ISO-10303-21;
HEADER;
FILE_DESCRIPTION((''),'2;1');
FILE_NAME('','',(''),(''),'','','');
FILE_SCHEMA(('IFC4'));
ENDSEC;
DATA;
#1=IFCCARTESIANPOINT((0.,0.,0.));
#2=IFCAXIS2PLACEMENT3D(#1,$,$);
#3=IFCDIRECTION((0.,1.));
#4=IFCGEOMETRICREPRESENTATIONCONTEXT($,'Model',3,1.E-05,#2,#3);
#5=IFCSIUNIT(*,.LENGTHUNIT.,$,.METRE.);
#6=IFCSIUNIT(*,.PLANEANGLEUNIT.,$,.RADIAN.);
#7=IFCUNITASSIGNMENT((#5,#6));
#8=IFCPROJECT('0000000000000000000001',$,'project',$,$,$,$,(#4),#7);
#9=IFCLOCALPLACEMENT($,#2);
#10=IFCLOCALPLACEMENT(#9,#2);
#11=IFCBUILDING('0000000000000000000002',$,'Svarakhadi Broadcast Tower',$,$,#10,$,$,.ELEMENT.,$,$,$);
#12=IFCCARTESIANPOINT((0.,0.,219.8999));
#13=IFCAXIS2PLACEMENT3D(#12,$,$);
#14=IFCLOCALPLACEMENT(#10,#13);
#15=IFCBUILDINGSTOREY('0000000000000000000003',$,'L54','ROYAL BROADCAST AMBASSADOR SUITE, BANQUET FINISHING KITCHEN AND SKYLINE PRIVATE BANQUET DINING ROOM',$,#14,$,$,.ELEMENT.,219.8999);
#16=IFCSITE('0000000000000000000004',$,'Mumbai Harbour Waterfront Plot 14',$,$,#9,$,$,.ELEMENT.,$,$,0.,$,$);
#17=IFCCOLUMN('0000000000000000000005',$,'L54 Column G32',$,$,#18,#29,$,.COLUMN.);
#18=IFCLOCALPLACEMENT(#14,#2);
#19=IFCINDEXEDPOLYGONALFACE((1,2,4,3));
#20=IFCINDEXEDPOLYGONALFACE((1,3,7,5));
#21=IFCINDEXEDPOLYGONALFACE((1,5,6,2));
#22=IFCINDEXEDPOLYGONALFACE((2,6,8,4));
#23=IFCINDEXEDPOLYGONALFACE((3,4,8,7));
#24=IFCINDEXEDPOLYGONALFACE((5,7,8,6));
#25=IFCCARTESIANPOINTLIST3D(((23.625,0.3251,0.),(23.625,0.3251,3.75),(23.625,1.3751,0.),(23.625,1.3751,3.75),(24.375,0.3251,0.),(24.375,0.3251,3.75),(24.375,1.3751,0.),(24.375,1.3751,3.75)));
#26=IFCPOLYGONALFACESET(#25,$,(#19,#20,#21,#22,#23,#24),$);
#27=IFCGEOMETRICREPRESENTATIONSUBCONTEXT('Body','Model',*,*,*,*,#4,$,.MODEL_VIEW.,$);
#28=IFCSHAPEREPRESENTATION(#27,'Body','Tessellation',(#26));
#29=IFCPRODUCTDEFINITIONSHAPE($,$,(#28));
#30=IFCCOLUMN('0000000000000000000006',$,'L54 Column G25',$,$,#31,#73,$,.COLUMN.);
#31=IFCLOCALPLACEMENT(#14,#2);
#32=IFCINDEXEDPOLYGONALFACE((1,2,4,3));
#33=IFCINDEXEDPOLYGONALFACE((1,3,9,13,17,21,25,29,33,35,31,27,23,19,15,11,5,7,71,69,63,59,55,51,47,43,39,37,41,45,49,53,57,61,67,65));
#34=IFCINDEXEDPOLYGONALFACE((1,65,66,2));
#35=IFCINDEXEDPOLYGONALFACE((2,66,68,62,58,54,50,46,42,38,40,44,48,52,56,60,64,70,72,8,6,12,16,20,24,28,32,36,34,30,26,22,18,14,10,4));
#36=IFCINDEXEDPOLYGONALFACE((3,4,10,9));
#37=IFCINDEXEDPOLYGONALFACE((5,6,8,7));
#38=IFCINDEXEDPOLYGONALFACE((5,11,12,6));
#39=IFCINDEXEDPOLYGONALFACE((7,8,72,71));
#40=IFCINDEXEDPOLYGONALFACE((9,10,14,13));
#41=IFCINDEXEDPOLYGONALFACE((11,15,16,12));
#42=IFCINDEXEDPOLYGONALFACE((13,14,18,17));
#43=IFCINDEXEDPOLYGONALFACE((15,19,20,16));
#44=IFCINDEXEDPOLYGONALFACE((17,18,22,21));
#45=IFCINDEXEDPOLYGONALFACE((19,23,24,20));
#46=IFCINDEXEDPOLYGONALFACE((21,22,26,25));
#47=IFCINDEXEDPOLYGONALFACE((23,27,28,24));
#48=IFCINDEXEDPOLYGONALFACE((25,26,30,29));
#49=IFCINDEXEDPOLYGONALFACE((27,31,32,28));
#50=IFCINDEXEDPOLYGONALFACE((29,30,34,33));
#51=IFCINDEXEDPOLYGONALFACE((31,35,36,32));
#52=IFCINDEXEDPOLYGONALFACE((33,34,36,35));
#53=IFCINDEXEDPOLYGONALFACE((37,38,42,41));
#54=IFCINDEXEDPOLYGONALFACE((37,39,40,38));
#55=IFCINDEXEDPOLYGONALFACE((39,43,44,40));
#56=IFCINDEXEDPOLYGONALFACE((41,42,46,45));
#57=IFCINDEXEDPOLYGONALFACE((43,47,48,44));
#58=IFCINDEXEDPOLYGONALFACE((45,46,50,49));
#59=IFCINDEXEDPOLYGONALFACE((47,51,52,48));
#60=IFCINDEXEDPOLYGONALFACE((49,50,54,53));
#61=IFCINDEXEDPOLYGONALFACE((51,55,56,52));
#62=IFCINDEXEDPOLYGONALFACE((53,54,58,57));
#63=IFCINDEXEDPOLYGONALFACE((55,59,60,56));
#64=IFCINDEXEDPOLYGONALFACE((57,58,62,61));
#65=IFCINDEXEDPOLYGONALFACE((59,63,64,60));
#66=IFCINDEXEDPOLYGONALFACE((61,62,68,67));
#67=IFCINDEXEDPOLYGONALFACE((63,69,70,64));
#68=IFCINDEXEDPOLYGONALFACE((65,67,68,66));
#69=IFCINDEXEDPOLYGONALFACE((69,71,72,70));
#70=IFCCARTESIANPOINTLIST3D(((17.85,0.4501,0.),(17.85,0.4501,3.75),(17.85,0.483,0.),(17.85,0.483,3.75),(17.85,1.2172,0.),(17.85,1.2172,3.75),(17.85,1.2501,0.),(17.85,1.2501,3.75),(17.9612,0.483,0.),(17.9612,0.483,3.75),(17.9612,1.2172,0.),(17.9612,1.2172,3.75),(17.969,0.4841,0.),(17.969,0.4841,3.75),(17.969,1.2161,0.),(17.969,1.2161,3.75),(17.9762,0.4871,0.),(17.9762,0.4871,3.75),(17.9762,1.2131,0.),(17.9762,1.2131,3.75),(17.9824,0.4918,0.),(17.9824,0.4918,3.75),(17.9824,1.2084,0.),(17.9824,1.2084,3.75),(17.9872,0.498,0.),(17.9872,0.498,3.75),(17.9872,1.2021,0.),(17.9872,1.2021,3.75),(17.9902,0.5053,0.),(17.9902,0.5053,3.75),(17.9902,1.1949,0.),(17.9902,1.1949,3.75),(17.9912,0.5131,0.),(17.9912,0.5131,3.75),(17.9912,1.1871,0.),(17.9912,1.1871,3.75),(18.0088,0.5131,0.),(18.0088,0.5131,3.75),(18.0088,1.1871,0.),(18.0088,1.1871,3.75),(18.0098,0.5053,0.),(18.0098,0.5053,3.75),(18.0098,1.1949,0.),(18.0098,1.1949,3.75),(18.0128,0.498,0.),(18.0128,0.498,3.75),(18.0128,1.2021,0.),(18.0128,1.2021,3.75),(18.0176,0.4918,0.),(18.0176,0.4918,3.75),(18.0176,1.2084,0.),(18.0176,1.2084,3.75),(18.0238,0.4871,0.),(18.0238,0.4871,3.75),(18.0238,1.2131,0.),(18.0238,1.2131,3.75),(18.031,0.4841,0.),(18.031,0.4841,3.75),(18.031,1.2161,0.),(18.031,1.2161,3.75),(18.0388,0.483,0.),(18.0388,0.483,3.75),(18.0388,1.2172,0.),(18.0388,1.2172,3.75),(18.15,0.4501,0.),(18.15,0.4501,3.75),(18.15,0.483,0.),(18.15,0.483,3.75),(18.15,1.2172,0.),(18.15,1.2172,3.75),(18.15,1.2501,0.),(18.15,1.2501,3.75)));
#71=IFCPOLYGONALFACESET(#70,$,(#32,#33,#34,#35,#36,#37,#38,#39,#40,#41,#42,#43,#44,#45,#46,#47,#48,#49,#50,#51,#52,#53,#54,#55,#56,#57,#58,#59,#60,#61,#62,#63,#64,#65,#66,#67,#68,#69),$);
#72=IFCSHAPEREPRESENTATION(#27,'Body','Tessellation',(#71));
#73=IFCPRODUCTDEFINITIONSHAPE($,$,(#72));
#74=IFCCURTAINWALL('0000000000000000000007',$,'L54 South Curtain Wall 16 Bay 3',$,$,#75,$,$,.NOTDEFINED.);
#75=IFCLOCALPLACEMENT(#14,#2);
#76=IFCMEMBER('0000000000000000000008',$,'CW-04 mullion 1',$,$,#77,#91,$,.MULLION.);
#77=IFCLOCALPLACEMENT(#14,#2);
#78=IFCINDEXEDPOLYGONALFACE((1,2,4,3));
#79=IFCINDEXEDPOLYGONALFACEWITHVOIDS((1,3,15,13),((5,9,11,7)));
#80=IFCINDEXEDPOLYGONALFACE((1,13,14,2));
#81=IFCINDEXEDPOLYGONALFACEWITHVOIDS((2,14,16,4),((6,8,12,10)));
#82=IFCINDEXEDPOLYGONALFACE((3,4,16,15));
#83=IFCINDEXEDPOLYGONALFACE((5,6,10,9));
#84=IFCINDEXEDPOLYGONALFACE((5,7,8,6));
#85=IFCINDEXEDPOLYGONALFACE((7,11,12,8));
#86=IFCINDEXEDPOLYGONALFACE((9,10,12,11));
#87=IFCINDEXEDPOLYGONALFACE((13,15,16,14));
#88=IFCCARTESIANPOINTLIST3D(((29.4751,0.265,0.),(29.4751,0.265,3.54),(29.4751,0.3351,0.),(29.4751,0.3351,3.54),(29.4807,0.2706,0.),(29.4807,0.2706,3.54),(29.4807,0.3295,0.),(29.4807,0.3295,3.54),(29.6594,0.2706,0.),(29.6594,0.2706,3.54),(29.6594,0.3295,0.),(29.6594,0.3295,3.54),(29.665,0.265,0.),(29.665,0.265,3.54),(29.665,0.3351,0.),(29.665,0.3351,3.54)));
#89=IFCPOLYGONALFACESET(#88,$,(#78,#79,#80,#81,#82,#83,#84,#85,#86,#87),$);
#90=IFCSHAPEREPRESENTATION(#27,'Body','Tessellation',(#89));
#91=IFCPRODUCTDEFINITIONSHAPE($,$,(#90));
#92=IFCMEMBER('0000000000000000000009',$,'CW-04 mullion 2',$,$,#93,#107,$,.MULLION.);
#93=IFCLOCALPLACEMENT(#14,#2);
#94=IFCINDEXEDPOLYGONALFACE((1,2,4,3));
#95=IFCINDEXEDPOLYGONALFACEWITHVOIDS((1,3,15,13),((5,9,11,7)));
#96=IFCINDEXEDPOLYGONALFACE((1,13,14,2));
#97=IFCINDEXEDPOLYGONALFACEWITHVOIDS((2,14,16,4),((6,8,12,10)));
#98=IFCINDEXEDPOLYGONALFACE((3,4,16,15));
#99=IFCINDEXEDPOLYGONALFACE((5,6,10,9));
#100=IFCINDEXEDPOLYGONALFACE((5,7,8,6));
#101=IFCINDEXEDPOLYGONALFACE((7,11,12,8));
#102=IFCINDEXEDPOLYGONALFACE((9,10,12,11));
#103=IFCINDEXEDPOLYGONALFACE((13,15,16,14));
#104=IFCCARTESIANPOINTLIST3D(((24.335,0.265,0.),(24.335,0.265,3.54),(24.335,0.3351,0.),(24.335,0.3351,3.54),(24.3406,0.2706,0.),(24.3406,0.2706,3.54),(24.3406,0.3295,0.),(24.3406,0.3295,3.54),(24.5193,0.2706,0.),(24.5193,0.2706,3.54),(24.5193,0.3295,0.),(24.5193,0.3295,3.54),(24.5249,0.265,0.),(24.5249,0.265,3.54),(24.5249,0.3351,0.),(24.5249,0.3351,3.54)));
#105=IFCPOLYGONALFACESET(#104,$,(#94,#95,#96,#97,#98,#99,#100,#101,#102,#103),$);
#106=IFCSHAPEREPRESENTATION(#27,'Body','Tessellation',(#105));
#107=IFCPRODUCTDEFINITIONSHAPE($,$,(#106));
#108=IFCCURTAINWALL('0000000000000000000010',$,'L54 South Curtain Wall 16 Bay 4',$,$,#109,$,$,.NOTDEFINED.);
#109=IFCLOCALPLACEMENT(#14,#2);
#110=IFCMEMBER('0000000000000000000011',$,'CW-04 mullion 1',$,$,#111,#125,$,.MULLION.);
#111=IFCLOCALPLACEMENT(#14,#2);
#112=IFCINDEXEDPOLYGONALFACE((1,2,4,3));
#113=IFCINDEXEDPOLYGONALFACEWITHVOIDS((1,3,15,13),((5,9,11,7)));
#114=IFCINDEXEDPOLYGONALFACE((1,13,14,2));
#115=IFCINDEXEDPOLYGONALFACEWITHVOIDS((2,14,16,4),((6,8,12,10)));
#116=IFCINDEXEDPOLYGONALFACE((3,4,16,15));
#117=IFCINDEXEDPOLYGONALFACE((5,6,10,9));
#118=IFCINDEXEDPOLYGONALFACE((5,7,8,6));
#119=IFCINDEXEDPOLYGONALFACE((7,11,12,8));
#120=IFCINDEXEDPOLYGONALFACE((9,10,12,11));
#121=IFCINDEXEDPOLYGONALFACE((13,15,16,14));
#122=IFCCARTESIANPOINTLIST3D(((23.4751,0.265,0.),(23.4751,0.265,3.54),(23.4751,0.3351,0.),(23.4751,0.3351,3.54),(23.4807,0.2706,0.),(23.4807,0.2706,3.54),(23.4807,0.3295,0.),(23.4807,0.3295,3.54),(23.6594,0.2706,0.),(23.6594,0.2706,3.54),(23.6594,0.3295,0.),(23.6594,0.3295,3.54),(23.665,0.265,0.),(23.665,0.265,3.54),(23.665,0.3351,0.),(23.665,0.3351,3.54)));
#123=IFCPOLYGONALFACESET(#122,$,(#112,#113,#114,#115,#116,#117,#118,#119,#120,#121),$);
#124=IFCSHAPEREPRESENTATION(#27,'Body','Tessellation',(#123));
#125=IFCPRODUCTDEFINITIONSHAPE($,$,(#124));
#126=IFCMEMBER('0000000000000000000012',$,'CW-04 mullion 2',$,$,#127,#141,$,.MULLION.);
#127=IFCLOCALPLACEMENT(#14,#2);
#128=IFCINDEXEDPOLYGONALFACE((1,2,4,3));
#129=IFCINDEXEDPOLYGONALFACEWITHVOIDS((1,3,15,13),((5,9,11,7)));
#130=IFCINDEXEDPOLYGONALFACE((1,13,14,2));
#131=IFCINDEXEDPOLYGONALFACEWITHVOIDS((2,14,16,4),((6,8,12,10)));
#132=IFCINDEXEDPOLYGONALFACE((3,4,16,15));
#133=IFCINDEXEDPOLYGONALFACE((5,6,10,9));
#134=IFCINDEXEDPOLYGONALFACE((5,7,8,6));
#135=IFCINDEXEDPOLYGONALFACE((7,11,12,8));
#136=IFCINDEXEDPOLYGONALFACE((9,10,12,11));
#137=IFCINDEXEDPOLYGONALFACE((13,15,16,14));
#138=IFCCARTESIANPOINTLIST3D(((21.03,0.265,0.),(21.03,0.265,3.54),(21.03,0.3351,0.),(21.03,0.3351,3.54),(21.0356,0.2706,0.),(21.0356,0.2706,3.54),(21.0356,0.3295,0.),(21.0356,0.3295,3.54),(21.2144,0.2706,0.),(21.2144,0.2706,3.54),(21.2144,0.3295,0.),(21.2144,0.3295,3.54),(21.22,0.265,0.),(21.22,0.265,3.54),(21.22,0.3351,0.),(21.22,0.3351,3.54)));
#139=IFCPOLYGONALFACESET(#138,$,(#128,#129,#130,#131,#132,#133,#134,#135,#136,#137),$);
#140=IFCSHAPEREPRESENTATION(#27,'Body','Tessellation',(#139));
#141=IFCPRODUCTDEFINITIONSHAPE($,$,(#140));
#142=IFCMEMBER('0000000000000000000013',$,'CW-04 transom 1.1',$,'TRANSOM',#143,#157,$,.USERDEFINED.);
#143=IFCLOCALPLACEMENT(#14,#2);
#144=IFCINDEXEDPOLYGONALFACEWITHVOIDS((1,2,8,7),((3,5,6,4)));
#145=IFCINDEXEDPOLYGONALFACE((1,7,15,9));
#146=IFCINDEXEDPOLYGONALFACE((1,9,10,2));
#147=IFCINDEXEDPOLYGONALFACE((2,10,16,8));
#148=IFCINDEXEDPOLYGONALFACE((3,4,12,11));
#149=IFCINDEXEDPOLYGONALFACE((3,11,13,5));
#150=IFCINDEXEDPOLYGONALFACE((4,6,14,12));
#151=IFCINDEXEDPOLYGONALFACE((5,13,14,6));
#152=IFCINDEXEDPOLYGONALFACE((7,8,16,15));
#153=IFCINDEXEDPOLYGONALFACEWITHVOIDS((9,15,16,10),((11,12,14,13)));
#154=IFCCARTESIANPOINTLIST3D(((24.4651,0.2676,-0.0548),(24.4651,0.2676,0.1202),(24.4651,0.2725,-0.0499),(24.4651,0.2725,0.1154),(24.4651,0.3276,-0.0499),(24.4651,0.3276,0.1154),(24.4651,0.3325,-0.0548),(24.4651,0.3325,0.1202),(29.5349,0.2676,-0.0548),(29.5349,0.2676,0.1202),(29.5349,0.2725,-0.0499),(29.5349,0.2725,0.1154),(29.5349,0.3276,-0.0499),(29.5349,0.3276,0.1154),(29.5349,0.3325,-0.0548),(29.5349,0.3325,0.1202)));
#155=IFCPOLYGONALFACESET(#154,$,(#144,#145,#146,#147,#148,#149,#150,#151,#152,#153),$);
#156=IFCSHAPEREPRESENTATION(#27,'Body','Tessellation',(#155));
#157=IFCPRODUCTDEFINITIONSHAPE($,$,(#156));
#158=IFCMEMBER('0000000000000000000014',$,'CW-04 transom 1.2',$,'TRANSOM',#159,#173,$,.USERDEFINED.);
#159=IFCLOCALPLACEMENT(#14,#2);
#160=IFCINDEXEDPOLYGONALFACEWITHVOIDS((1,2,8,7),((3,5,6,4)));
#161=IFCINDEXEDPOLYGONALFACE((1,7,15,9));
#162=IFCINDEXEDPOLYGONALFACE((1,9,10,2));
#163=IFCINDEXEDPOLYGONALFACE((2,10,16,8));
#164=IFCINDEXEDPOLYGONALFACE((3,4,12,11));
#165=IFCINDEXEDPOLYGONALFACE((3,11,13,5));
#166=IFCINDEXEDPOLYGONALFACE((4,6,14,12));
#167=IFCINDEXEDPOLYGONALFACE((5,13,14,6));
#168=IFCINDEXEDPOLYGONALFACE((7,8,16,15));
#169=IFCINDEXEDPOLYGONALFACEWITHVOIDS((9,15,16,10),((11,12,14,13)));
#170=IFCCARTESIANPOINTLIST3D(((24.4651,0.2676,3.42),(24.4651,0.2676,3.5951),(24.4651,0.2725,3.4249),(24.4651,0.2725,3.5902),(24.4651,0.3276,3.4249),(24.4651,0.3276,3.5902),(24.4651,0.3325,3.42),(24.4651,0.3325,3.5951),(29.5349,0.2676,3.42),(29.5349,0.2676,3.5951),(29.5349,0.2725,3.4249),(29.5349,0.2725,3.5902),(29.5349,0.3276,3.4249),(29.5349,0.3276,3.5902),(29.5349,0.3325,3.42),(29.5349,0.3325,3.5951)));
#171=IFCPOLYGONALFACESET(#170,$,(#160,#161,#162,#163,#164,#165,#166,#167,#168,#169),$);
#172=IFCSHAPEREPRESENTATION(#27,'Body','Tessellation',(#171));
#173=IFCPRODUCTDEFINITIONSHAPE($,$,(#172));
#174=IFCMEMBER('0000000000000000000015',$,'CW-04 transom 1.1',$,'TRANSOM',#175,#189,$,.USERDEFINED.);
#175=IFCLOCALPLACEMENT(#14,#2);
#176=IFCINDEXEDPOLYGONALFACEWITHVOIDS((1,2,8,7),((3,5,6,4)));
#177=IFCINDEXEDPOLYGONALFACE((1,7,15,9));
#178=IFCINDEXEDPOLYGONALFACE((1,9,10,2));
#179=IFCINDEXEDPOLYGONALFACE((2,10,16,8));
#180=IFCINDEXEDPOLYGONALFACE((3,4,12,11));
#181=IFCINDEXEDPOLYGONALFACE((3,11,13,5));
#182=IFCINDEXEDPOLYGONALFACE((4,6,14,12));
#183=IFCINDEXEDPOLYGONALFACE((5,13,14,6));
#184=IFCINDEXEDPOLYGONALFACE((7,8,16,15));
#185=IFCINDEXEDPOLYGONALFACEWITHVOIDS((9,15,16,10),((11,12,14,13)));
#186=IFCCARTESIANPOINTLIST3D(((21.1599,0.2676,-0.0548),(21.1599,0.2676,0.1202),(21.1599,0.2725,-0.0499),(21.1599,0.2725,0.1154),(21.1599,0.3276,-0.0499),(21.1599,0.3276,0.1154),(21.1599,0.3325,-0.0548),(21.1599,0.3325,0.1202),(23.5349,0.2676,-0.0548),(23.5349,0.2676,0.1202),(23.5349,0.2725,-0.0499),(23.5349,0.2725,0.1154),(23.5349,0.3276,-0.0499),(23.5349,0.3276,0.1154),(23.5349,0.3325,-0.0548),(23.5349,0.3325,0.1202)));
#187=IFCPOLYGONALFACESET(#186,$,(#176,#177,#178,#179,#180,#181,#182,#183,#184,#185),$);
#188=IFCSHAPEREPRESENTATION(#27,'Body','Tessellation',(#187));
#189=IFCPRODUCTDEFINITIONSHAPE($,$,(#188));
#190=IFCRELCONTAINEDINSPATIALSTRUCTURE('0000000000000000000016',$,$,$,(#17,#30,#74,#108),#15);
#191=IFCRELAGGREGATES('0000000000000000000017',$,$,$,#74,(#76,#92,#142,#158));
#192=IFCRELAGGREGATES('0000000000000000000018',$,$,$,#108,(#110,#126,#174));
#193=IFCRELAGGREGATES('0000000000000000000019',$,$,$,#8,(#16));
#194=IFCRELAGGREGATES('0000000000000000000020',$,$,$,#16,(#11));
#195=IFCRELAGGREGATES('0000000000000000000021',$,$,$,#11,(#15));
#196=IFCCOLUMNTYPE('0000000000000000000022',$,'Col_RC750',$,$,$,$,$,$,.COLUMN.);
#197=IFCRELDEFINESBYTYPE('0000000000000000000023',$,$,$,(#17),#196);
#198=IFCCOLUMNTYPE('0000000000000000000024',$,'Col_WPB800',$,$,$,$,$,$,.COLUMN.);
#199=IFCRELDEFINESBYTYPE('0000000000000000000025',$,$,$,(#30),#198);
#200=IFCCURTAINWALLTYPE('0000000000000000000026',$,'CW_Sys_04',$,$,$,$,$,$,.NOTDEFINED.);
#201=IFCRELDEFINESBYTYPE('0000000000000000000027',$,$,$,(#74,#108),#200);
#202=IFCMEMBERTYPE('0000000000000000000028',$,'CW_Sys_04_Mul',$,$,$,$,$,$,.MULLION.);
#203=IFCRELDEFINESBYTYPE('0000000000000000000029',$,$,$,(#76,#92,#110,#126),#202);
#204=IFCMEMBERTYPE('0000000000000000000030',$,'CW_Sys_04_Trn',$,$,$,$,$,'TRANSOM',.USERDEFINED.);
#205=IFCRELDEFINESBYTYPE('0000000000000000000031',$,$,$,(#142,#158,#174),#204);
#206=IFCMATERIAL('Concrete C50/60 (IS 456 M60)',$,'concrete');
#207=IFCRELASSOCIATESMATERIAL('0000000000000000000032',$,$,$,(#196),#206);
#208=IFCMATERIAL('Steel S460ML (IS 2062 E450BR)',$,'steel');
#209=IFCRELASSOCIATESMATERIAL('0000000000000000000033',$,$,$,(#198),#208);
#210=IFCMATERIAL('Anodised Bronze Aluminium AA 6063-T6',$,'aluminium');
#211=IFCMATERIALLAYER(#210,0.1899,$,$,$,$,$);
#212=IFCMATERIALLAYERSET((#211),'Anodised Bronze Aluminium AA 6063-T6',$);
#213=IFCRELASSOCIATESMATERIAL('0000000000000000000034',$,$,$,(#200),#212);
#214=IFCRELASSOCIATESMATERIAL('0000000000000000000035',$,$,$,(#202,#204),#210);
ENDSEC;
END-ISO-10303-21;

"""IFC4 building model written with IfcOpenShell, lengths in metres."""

from ifc_helpers import new_model, si_unit, direction, frame, origin, origin_2d, place, context, subcontext, project, spatial, rectangle, hollow_rectangle, i_section, extrude, material, layer, layer_set, material_profile, profile_set, type_object, element, aggregate, save


model = new_model("IFC4")

# Units and contexts
model_context = context("Model", 3, precision=1e-05, world=origin(), true_north=direction((0.0, 1.0)))
body_context = subcontext(model_context, "Body", "Model", "MODEL_VIEW")
ifc_project = project(units=[si_unit("LENGTHUNIT", "METRE"), si_unit("PLANEANGLEUNIT", "RADIAN")], contexts=[model_context])

# Site, building, storey
site_placement = place(None, origin())
site = spatial("IfcSite", under=ifc_project, at=site_placement, Name="Mumbai Harbour Waterfront Plot 14", CompositionType="ELEMENT", RefElevation=0.0)
building_placement = place(site_placement, origin())
building = spatial("IfcBuilding", under=site, at=building_placement, Name="Svarakhadi Broadcast Tower", CompositionType="ELEMENT")
storey_placement = place(building_placement, frame((0.0, 0.0, 219.8999)))
storey = spatial("IfcBuildingStorey", under=building, at=storey_placement, Name="L54", Description="ROYAL BROADCAST AMBASSADOR SUITE, BANQUET FINISHING KITCHEN AND SKYLINE PRIVATE BANQUET DINING ROOM", CompositionType="ELEMENT", Elevation=219.8999)

# Columns
ifc_material_1 = material(Name="Concrete C50/60 (IS 456 M60)", Category="concrete")
ifc_material_profile_1 = material_profile(ifc_material_1, rectangle(XDim=0.75, YDim=1.05, at=origin_2d()), Name="RC 750x1050")
ifc_profile_set_1 = profile_set([ifc_material_profile_1], Name="Concrete C50/60 (IS 456 M60)")
column_type_1 = type_object("IfcColumnType", Name="Col_RC750", PredefinedType="COLUMN", material=ifc_profile_set_1)
column_1_placement = place(storey_placement, frame((24.0, 0.8501, 0.0), z_axis=(0.0, 0.0, 1.0), x_axis=(1.0, 0.0, 0.0)))
element("IfcColumn", 1, at=column_1_placement, inside=storey, type_object=column_type_1, Name="L54 Column G32", PredefinedType="COLUMN", context=body_context, shape_type="SweptSolid", body=[
    extrude(rectangle(XDim=0.75, YDim=1.05, at=origin_2d()), origin(), (0.0, 0.0, 1.0), 3.75),
])
ifc_material_2 = material(Name="Steel S460ML (IS 2062 E450BR)", Category="steel")
ifc_material_profile_2 = material_profile(ifc_material_2, i_section(OverallWidth=0.3, OverallDepth=0.8, WebThickness=0.0176, FlangeThickness=0.033, FilletRadius=0.03, at=origin_2d()), Name="WPB 800x300x262")
ifc_profile_set_2 = profile_set([ifc_material_profile_2], Name="Steel S460ML (IS 2062 E450BR)")
column_type_2 = type_object("IfcColumnType", Name="Col_WPB800", PredefinedType="COLUMN", material=ifc_profile_set_2)
column_2_placement = place(storey_placement, frame((18.0, 0.8501, 0.0), z_axis=(0.0, 0.0, 1.0), x_axis=(1.0, 0.0, 0.0)))
element("IfcColumn", 2, at=column_2_placement, inside=storey, type_object=column_type_2, Name="L54 Column G25", PredefinedType="COLUMN", context=body_context, shape_type="SweptSolid", body=[
    extrude(i_section(OverallWidth=0.3, OverallDepth=0.8, WebThickness=0.0176, FlangeThickness=0.033, FilletRadius=0.03, at=origin_2d()), origin(), (0.0, 0.0, 1.0), 3.75),
])

# Curtain walls, members
ifc_material_3 = material(Name="Anodised Bronze Aluminium AA 6063-T6", Category="aluminium")
ifc_layer_1 = layer(ifc_material_3, 0.1899)
ifc_layer_set_1 = layer_set([ifc_layer_1], Name="Anodised Bronze Aluminium AA 6063-T6")
curtain_wall_type = type_object("IfcCurtainWallType", Name="CW_Sys_04", PredefinedType="NOTDEFINED", material=ifc_layer_set_1)
curtain_wall_1_placement = place(storey_placement, origin())
curtain_wall_1 = element("IfcCurtainWall", 3, at=curtain_wall_1_placement, inside=storey, type_object=curtain_wall_type, Name="L54 South Curtain Wall 16 Bay 3", PredefinedType="NOTDEFINED")
ifc_material_profile_3 = material_profile(ifc_material_3, hollow_rectangle(XDim=0.0701, YDim=0.1899, WallThickness=0.0056, at=origin_2d()), Name="ALU MULLION 190x70x6")
ifc_profile_set_3 = profile_set([ifc_material_profile_3], Name="Anodised Bronze Aluminium AA 6063-T6")
member_type_1 = type_object("IfcMemberType", Name="CW_Sys_04_Mul", PredefinedType="MULLION", material=ifc_profile_set_3)
member_1_placement = place(storey_placement, frame((29.5701, 0.3, 0.0), z_axis=(0.0, 0.0, 1.0), x_axis=(0.0, -1.0, 0.0)))
member_1 = element("IfcMember", 4, at=member_1_placement, type_object=member_type_1, Name="CW-04 mullion 1", PredefinedType="MULLION", context=body_context, shape_type="SweptSolid", body=[
    extrude(hollow_rectangle(XDim=0.0701, YDim=0.1899, WallThickness=0.0056, at=origin_2d()), origin(), (0.0, 0.0, 1.0), 3.54),
])
member_2_placement = place(storey_placement, frame((24.4299, 0.3, 0.0), z_axis=(0.0, 0.0, 1.0), x_axis=(0.0, -1.0, 0.0)))
member_2 = element("IfcMember", 5, at=member_2_placement, type_object=member_type_1, Name="CW-04 mullion 2", PredefinedType="MULLION", context=body_context, shape_type="SweptSolid", body=[
    extrude(hollow_rectangle(XDim=0.0701, YDim=0.1899, WallThickness=0.0056, at=origin_2d()), origin(), (0.0, 0.0, 1.0), 3.54),
])
curtain_wall_2_placement = place(storey_placement, origin())
curtain_wall_2 = element("IfcCurtainWall", 6, at=curtain_wall_2_placement, inside=storey, type_object=curtain_wall_type, Name="L54 South Curtain Wall 16 Bay 4", PredefinedType="NOTDEFINED")
member_3_placement = place(storey_placement, frame((23.5701, 0.3, 0.0), z_axis=(0.0, 0.0, 1.0), x_axis=(0.0, -1.0, 0.0)))
member_3 = element("IfcMember", 7, at=member_3_placement, type_object=member_type_1, Name="CW-04 mullion 1", PredefinedType="MULLION", context=body_context, shape_type="SweptSolid", body=[
    extrude(hollow_rectangle(XDim=0.0701, YDim=0.1899, WallThickness=0.0056, at=origin_2d()), origin(), (0.0, 0.0, 1.0), 3.54),
])
member_4_placement = place(storey_placement, frame((21.125, 0.3, 0.0), z_axis=(0.0, 0.0, 1.0), x_axis=(0.0, -1.0, 0.0)))
member_4 = element("IfcMember", 8, at=member_4_placement, type_object=member_type_1, Name="CW-04 mullion 2", PredefinedType="MULLION", context=body_context, shape_type="SweptSolid", body=[
    extrude(hollow_rectangle(XDim=0.0701, YDim=0.1899, WallThickness=0.0056, at=origin_2d()), origin(), (0.0, 0.0, 1.0), 3.54),
])

# Members
ifc_material_profile_4 = material_profile(ifc_material_3, hollow_rectangle(XDim=0.0649, YDim=0.175, WallThickness=0.0049, at=origin_2d()), Name="ALU TRANSOM 175x65x5")
ifc_profile_set_4 = profile_set([ifc_material_profile_4], Name="Anodised Bronze Aluminium AA 6063-T6")
member_type_2 = type_object("IfcMemberType", Name="CW_Sys_04_Trn", ElementType="TRANSOM", PredefinedType="USERDEFINED", material=ifc_profile_set_4)
member_5_placement = place(storey_placement, frame((29.5349, 0.3, 0.0327), z_axis=(-1.0, 0.0, 0.0), x_axis=(0.0, -1.0, 0.0)))
member_5 = element("IfcMember", 9, at=member_5_placement, type_object=member_type_2, Name="CW-04 transom 1.1", ObjectType="TRANSOM", PredefinedType="USERDEFINED", context=body_context, shape_type="SweptSolid", body=[
    extrude(hollow_rectangle(XDim=0.0649, YDim=0.175, WallThickness=0.0049, at=origin_2d()), origin(), (0.0, 0.0, 1.0), 5.0698),
])
member_6_placement = place(storey_placement, frame((29.5349, 0.3, 3.5076), z_axis=(-1.0, 0.0, 0.0), x_axis=(0.0, -1.0, 0.0)))
member_6 = element("IfcMember", 10, at=member_6_placement, type_object=member_type_2, Name="CW-04 transom 1.2", ObjectType="TRANSOM", PredefinedType="USERDEFINED", context=body_context, shape_type="SweptSolid", body=[
    extrude(hollow_rectangle(XDim=0.0649, YDim=0.175, WallThickness=0.0049, at=origin_2d()), origin(), (0.0, 0.0, 1.0), 5.0698),
])
member_7_placement = place(storey_placement, frame((23.5349, 0.3, 0.0327), z_axis=(-1.0, 0.0, 0.0), x_axis=(0.0, -1.0, 0.0)))
member_7 = element("IfcMember", 11, at=member_7_placement, type_object=member_type_2, Name="CW-04 transom 1.1", ObjectType="TRANSOM", PredefinedType="USERDEFINED", context=body_context, shape_type="SweptSolid", body=[
    extrude(hollow_rectangle(XDim=0.0649, YDim=0.175, WallThickness=0.0049, at=origin_2d()), origin(), (0.0, 0.0, 1.0), 2.375),
])

aggregate(curtain_wall_1, [member_1, member_2, member_5, member_6])
aggregate(curtain_wall_2, [member_3, member_4, member_7])

save(model, "model.ifc")
